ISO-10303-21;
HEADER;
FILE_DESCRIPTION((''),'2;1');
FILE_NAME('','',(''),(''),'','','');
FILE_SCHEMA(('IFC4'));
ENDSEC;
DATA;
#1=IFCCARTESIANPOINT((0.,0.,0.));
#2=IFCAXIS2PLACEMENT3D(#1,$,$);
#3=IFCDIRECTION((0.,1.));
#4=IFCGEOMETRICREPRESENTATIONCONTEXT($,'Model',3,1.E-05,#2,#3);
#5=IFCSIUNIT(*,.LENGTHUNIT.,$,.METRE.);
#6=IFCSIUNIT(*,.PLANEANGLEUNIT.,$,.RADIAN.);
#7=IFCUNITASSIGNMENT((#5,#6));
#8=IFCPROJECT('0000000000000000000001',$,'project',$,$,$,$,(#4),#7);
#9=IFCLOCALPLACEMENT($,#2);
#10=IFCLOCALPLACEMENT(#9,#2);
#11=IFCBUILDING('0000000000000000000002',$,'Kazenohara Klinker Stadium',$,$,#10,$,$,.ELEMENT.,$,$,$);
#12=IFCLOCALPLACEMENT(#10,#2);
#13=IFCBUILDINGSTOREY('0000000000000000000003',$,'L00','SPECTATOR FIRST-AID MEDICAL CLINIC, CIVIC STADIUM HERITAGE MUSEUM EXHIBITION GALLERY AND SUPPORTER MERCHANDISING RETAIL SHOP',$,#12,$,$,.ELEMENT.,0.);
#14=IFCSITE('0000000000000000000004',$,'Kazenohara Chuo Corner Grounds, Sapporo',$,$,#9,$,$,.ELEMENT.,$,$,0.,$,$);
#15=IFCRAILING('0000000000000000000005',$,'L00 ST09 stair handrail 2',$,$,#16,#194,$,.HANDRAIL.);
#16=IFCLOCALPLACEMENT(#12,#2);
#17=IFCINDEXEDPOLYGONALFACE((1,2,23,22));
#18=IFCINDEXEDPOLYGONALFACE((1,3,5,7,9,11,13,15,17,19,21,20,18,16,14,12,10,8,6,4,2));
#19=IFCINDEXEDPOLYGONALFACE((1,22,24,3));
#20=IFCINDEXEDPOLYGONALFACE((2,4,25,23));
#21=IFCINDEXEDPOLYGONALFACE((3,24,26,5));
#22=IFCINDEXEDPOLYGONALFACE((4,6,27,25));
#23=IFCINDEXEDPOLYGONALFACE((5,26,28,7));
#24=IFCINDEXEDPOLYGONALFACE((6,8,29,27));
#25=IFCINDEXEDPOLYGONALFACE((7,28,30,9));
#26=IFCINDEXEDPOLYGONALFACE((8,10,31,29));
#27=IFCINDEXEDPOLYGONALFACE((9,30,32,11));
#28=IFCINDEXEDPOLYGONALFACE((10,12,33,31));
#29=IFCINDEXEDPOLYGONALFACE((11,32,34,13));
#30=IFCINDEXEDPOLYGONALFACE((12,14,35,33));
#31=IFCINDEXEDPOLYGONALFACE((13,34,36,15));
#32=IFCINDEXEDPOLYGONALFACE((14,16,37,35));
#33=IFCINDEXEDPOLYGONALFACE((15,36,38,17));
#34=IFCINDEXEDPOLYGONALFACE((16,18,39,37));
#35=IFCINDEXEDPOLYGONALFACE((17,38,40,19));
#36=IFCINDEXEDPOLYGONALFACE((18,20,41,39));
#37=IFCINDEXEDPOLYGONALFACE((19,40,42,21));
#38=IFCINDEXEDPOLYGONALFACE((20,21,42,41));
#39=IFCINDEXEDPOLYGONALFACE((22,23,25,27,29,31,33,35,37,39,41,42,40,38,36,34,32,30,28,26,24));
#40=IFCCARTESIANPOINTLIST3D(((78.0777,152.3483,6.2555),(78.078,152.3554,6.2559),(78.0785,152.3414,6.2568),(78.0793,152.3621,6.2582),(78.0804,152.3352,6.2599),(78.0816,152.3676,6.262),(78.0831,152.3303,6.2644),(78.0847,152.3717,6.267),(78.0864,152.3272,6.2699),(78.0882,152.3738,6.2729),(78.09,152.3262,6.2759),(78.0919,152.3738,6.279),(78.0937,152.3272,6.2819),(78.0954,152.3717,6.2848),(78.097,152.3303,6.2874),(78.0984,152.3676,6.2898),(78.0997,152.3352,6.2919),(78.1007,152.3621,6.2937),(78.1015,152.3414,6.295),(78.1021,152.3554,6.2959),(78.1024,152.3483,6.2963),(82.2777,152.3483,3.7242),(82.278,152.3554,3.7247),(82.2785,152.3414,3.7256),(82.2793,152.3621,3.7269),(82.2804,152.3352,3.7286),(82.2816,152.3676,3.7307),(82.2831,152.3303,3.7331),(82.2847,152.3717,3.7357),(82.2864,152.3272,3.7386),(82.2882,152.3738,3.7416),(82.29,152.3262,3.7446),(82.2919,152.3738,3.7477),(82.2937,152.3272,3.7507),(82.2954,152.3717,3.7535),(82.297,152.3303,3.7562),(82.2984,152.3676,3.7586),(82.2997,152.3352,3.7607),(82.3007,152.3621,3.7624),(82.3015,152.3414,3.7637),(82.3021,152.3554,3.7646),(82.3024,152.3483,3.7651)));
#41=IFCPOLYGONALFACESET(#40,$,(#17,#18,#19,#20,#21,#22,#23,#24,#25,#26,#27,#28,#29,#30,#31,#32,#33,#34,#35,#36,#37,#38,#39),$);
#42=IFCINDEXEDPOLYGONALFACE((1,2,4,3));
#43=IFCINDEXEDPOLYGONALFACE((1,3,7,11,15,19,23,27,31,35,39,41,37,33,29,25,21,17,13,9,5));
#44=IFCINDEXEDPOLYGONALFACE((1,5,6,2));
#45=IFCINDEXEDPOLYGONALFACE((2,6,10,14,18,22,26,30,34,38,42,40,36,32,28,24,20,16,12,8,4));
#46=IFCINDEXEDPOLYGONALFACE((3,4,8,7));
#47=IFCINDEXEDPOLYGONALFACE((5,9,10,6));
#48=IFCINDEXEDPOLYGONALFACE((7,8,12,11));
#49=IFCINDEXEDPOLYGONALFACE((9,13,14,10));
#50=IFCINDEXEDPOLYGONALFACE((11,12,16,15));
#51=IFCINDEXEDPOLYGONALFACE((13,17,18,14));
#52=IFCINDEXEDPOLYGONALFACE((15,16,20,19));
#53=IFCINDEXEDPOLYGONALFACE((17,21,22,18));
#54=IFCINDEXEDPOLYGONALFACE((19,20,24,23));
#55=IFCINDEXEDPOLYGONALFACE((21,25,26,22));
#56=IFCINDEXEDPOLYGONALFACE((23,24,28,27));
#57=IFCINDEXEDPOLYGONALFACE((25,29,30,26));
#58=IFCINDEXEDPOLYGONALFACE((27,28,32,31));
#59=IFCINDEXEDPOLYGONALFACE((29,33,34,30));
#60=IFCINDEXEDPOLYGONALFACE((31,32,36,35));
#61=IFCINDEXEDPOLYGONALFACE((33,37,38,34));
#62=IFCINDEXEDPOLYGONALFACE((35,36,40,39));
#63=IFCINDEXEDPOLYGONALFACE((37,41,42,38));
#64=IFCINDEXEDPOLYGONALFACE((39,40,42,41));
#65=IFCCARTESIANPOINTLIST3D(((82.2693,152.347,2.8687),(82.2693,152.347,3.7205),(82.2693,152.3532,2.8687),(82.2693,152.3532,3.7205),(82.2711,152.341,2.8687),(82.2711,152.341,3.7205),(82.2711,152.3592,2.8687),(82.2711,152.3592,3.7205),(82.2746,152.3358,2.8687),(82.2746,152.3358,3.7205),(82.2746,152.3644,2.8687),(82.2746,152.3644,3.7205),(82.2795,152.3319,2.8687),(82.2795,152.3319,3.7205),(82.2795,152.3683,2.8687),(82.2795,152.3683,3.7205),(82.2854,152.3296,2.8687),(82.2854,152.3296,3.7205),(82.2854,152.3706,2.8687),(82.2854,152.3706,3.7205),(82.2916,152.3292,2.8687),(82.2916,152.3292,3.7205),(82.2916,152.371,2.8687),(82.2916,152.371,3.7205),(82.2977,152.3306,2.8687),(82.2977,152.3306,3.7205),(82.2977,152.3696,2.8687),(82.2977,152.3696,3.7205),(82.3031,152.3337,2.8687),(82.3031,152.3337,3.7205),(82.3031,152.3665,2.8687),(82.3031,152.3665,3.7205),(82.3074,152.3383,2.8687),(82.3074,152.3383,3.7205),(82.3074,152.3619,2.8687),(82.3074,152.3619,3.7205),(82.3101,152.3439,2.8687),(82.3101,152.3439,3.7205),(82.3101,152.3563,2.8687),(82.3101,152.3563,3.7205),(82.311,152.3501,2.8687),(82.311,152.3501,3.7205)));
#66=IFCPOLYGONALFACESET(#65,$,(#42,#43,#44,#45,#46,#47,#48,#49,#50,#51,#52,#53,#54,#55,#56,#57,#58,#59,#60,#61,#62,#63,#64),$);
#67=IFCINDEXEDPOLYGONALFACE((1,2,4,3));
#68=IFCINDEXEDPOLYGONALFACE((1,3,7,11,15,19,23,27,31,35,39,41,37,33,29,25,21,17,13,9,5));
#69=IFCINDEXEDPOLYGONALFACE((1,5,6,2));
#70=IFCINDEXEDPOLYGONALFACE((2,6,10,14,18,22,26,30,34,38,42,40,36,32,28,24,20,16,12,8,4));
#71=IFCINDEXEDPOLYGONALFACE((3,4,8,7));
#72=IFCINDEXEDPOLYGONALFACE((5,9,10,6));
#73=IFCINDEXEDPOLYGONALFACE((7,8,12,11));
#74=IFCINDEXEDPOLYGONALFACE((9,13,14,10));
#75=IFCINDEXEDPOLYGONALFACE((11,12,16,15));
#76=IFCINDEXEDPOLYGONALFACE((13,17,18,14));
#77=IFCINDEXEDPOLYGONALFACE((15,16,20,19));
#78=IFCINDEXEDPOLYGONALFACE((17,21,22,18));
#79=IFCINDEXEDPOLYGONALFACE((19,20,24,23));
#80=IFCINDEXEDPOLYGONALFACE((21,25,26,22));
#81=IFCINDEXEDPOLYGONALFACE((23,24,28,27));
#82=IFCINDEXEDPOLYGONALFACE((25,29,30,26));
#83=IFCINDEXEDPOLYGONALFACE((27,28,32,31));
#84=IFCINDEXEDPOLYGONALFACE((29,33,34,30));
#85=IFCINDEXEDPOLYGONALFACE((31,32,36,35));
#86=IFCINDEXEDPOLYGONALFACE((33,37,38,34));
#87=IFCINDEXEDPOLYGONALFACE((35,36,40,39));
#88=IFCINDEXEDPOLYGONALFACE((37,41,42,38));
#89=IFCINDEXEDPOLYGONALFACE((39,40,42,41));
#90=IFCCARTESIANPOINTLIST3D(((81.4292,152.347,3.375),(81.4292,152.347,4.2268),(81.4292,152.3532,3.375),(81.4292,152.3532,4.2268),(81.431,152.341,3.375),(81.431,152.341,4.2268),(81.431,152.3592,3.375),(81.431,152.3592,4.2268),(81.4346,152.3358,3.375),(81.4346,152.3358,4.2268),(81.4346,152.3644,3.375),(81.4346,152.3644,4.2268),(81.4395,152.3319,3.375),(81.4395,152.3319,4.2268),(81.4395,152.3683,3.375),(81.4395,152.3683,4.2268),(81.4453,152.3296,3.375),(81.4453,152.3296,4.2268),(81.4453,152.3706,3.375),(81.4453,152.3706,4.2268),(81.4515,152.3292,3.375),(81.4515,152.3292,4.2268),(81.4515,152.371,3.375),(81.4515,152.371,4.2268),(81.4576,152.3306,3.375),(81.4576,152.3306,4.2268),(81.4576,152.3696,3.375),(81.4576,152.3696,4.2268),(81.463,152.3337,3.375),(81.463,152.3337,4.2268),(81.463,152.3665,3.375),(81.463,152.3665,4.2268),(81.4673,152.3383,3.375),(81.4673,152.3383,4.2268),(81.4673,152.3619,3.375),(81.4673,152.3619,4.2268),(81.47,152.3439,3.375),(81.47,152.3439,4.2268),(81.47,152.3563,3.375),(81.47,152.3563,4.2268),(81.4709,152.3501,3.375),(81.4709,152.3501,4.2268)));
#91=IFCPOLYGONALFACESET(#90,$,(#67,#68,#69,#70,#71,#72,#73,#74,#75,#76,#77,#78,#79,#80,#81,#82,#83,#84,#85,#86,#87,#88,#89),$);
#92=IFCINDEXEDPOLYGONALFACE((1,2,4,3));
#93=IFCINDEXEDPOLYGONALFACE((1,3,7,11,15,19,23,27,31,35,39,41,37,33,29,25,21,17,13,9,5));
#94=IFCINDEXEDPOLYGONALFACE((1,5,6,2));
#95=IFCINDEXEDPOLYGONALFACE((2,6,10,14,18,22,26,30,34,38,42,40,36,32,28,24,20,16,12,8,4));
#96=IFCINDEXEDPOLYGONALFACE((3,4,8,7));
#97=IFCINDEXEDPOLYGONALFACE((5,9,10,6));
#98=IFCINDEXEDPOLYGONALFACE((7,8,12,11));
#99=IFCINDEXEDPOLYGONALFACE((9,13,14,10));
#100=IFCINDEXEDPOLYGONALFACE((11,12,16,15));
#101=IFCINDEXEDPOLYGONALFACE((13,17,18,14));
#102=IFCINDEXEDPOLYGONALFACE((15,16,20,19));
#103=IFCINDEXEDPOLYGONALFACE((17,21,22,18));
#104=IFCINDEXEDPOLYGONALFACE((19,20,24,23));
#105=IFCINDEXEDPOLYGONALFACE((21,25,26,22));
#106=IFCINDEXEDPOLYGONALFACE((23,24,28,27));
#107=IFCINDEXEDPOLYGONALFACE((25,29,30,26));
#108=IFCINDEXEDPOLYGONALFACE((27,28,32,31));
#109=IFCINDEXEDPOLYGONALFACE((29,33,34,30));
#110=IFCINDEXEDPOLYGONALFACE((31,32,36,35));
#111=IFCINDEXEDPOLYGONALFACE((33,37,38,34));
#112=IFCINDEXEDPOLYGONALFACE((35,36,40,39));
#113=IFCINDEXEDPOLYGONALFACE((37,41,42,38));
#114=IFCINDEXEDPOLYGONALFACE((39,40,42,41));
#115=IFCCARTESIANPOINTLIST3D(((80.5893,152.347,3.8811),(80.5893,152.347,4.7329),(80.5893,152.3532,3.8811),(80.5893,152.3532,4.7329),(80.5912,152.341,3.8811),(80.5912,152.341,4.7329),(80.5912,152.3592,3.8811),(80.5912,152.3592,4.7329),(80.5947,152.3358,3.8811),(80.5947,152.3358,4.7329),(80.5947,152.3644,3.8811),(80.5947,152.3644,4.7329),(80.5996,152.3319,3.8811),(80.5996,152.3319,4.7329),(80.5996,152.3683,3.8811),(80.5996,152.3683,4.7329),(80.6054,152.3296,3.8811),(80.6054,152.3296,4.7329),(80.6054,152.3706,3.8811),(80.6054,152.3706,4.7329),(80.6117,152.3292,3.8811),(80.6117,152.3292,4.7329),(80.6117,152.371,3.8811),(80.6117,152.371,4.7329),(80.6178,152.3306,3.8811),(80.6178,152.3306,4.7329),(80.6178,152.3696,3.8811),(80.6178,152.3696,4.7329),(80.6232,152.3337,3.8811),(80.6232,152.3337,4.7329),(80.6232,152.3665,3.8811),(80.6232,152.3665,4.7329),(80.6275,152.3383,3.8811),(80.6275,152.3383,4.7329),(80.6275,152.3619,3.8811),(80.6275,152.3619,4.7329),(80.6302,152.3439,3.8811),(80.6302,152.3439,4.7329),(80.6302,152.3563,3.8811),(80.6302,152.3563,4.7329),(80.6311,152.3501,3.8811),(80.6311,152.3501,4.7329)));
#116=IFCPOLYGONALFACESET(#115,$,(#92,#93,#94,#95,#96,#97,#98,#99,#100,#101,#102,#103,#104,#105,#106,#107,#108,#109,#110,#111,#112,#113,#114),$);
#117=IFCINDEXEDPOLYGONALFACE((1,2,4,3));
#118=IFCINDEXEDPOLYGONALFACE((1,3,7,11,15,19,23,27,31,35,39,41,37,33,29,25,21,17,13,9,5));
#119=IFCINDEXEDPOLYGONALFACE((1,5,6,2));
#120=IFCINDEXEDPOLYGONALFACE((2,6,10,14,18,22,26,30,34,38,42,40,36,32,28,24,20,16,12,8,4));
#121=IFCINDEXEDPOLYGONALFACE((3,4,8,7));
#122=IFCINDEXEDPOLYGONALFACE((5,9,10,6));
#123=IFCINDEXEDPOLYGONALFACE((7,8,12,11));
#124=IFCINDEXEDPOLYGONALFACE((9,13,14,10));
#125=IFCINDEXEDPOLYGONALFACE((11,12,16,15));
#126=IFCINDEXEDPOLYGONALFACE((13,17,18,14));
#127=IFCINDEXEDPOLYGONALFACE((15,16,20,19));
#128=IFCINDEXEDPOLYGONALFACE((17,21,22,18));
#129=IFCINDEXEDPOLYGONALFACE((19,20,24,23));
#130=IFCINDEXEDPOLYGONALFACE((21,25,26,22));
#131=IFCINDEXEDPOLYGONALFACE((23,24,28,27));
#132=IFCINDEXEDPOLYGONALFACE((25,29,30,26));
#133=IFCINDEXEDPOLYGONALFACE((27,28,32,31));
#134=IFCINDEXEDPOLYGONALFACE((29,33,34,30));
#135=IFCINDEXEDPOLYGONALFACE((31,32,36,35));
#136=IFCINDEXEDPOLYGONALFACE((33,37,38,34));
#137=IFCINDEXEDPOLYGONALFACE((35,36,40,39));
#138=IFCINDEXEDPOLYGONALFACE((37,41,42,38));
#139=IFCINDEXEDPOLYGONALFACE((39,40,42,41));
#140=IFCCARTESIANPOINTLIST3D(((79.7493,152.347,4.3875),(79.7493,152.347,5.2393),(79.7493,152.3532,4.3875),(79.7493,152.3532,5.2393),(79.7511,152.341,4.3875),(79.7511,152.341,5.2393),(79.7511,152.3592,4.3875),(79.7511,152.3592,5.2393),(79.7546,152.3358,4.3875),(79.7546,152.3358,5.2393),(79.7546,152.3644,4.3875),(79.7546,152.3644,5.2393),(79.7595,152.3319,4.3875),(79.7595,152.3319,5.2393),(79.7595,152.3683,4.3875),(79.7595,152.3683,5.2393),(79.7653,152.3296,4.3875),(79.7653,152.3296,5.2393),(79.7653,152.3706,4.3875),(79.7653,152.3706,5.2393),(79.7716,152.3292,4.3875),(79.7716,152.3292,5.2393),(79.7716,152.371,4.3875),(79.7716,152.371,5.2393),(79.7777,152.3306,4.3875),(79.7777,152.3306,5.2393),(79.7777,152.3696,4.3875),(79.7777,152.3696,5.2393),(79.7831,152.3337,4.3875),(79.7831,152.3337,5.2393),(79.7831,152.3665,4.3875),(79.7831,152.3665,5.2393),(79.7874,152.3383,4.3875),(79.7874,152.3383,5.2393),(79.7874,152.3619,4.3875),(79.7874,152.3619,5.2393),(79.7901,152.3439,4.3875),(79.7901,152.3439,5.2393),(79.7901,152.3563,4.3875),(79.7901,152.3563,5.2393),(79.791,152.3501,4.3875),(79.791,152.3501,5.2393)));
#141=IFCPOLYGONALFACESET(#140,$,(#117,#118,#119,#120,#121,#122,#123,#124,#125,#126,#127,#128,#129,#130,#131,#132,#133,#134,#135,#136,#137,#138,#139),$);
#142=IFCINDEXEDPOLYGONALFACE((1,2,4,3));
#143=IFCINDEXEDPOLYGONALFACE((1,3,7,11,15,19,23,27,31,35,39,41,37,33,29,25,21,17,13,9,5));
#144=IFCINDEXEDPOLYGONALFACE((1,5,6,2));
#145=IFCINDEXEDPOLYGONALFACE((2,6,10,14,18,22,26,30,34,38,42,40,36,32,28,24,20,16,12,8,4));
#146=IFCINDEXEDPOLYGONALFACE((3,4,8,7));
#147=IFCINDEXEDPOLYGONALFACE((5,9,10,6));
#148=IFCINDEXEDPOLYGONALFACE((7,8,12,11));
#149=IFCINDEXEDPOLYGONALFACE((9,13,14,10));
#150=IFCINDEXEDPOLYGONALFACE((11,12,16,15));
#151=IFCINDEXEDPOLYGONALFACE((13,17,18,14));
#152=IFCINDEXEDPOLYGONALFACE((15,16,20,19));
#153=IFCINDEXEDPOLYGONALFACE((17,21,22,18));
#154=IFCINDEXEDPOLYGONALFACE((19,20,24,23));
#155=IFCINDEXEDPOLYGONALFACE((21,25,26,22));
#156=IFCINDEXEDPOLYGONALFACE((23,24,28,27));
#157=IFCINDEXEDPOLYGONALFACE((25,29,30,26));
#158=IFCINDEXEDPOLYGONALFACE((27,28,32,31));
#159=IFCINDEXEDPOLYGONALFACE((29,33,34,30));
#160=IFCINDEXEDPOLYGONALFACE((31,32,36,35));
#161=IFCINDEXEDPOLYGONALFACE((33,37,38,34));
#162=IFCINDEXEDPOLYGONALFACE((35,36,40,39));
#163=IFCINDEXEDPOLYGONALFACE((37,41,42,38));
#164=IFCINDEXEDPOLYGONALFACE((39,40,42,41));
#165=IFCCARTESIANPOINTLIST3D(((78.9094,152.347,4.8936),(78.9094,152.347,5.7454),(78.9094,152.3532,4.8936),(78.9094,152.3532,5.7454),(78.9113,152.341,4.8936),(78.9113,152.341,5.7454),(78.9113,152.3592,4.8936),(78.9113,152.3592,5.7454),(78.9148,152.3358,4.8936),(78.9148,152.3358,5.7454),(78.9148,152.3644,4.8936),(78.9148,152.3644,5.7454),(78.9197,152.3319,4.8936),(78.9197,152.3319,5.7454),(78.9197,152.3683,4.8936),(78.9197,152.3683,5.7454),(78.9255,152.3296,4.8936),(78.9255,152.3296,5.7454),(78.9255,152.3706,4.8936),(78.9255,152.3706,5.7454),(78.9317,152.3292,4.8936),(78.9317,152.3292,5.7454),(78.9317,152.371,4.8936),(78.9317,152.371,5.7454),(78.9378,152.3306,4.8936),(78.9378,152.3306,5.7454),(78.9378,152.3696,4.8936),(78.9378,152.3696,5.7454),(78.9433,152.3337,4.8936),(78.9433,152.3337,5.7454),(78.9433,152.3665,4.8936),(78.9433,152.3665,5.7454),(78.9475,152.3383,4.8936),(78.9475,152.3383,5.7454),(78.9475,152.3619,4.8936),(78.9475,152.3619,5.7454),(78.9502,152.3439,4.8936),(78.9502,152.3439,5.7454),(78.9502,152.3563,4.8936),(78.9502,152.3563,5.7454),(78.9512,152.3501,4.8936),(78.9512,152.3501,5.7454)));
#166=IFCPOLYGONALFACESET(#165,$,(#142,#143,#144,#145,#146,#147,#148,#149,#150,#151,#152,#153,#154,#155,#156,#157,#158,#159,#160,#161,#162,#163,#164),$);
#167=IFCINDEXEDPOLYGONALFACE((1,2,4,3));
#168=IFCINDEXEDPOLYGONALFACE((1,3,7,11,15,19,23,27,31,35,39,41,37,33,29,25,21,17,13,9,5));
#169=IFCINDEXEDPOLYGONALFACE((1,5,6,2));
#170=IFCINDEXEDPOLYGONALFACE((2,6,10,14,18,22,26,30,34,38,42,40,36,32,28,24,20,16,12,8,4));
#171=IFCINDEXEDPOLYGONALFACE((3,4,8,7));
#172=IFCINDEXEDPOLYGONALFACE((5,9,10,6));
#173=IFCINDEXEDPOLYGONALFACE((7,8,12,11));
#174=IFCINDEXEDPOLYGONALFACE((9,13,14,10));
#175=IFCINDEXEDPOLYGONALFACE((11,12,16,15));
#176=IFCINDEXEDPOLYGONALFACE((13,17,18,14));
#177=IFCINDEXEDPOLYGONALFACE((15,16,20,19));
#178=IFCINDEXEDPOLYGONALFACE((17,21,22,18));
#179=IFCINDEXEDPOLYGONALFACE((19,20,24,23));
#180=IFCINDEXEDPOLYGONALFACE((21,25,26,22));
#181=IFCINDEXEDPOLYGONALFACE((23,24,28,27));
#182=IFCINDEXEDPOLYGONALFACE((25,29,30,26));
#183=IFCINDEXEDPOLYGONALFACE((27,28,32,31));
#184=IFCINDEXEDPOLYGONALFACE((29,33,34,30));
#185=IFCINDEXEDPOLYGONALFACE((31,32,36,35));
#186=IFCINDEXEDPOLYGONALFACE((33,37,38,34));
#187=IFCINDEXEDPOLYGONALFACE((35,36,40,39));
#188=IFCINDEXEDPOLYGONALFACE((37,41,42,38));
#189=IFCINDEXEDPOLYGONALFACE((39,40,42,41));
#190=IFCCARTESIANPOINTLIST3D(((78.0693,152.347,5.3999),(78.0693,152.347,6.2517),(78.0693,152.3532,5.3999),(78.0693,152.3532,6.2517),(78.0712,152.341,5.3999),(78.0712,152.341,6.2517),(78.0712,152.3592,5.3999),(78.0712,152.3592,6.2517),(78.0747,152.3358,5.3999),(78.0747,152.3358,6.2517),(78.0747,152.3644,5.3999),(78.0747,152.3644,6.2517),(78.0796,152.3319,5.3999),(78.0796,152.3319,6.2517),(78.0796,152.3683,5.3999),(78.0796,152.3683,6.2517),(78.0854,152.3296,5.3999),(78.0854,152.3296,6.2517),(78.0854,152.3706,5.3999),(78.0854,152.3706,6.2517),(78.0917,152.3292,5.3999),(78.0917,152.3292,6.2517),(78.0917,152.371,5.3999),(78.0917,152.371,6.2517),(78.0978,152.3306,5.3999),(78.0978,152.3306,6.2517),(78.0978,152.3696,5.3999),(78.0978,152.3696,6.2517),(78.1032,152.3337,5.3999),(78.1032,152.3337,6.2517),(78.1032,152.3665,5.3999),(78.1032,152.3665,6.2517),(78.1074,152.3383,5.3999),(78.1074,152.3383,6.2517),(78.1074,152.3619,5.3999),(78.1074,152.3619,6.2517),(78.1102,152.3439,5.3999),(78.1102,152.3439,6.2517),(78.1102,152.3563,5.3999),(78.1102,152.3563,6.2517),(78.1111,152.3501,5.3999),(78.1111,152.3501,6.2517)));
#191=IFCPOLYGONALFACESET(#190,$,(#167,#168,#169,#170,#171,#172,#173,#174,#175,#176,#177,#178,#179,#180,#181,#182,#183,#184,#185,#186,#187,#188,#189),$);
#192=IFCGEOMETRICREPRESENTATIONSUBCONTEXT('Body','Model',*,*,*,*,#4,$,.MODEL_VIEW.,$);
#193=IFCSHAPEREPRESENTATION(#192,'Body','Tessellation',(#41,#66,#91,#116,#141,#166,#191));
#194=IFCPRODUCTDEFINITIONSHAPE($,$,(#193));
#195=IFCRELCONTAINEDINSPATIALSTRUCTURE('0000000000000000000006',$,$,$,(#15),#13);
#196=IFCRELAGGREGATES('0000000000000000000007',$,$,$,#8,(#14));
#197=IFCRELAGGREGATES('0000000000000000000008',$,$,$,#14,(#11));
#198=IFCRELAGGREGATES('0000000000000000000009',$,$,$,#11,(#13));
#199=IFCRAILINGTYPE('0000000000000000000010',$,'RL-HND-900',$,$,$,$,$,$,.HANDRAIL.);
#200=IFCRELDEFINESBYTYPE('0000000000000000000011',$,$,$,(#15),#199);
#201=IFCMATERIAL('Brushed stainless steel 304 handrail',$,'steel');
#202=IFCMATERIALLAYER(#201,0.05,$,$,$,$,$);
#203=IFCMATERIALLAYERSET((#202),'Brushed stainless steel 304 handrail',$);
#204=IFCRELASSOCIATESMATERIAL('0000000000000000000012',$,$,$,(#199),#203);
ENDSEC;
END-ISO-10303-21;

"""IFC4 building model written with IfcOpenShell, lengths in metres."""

from ifc_helpers import new_model, si_unit, direction, frame, origin, origin_2d, place, context, subcontext, project, spatial, circle, extrude, material, layer, layer_set, type_object, element, save


model = new_model("IFC4")

# Units and contexts
model_context = context("Model", 3, precision=1e-05, world=origin(), true_north=direction((0.0, 1.0)))
body_context = subcontext(model_context, "Body", "Model", "MODEL_VIEW")
ifc_project = project(units=[si_unit("LENGTHUNIT", "METRE"), si_unit("PLANEANGLEUNIT", "RADIAN")], contexts=[model_context])

# Site, building, storey
site_placement = place(None, origin())
site = spatial("IfcSite", under=ifc_project, at=site_placement, Name="Kazenohara Chuo Corner Grounds, Sapporo", CompositionType="ELEMENT", RefElevation=0.0)
building_placement = place(site_placement, origin())
building = spatial("IfcBuilding", under=site, at=building_placement, Name="Kazenohara Klinker Stadium", CompositionType="ELEMENT")
storey_placement = place(building_placement, origin())
storey = spatial("IfcBuildingStorey", under=building, at=storey_placement, Name="L00", Description="SPECTATOR FIRST-AID MEDICAL CLINIC, CIVIC STADIUM HERITAGE MUSEUM EXHIBITION GALLERY AND SUPPORTER MERCHANDISING RETAIL SHOP", CompositionType="ELEMENT", Elevation=0.0)

# Railing
ifc_material_1 = material(Name="Brushed stainless steel 304 handrail", Category="steel")
ifc_layer_1 = layer(ifc_material_1, 0.05)
ifc_layer_set_1 = layer_set([ifc_layer_1], Name="Brushed stainless steel 304 handrail")
railing_type_1 = type_object("IfcRailingType", Name="RL-HND-900", PredefinedType="HANDRAIL", material=ifc_layer_set_1)
railing_1_placement = place(storey_placement, frame((82.29, 152.3501, 2.8687)))
element("IfcRailing", 1, at=railing_1_placement, inside=storey, type_object=railing_type_1, Name="L00 ST09 stair handrail 2", PredefinedType="HANDRAIL", context=body_context, shape_type="SweptSolid", body=[
    extrude(circle(Radius=0.0239, at=origin_2d()), frame((0.0, 0.0, 0.876), z_axis=(-0.856476, 0.0, 0.516186), x_axis=(0.0, -1.0, 0.0)), (0.0, 0.0, 1.0), 4.9038),
    extrude(circle(Radius=0.021, at=origin_2d()), origin(), (0.0, 0.0, 1.0), 0.8518),
    extrude(circle(Radius=0.021, at=origin_2d()), frame((-0.8401, 0.0, 0.5063)), (0.0, 0.0, 1.0), 0.8518),
    extrude(circle(Radius=0.021, at=origin_2d()), frame((-1.6799, 0.0, 1.0125)), (0.0, 0.0, 1.0), 0.8518),
    extrude(circle(Radius=0.021, at=origin_2d()), frame((-2.52, 0.0, 1.5188)), (0.0, 0.0, 1.0), 0.8518),
    extrude(circle(Radius=0.021, at=origin_2d()), frame((-3.3599, 0.0, 2.0249)), (0.0, 0.0, 1.0), 0.8518),
    extrude(circle(Radius=0.021, at=origin_2d()), frame((-4.2, 0.0, 2.5312)), (0.0, 0.0, 1.0), 0.8518),
])

save(model, "model.ifc")
